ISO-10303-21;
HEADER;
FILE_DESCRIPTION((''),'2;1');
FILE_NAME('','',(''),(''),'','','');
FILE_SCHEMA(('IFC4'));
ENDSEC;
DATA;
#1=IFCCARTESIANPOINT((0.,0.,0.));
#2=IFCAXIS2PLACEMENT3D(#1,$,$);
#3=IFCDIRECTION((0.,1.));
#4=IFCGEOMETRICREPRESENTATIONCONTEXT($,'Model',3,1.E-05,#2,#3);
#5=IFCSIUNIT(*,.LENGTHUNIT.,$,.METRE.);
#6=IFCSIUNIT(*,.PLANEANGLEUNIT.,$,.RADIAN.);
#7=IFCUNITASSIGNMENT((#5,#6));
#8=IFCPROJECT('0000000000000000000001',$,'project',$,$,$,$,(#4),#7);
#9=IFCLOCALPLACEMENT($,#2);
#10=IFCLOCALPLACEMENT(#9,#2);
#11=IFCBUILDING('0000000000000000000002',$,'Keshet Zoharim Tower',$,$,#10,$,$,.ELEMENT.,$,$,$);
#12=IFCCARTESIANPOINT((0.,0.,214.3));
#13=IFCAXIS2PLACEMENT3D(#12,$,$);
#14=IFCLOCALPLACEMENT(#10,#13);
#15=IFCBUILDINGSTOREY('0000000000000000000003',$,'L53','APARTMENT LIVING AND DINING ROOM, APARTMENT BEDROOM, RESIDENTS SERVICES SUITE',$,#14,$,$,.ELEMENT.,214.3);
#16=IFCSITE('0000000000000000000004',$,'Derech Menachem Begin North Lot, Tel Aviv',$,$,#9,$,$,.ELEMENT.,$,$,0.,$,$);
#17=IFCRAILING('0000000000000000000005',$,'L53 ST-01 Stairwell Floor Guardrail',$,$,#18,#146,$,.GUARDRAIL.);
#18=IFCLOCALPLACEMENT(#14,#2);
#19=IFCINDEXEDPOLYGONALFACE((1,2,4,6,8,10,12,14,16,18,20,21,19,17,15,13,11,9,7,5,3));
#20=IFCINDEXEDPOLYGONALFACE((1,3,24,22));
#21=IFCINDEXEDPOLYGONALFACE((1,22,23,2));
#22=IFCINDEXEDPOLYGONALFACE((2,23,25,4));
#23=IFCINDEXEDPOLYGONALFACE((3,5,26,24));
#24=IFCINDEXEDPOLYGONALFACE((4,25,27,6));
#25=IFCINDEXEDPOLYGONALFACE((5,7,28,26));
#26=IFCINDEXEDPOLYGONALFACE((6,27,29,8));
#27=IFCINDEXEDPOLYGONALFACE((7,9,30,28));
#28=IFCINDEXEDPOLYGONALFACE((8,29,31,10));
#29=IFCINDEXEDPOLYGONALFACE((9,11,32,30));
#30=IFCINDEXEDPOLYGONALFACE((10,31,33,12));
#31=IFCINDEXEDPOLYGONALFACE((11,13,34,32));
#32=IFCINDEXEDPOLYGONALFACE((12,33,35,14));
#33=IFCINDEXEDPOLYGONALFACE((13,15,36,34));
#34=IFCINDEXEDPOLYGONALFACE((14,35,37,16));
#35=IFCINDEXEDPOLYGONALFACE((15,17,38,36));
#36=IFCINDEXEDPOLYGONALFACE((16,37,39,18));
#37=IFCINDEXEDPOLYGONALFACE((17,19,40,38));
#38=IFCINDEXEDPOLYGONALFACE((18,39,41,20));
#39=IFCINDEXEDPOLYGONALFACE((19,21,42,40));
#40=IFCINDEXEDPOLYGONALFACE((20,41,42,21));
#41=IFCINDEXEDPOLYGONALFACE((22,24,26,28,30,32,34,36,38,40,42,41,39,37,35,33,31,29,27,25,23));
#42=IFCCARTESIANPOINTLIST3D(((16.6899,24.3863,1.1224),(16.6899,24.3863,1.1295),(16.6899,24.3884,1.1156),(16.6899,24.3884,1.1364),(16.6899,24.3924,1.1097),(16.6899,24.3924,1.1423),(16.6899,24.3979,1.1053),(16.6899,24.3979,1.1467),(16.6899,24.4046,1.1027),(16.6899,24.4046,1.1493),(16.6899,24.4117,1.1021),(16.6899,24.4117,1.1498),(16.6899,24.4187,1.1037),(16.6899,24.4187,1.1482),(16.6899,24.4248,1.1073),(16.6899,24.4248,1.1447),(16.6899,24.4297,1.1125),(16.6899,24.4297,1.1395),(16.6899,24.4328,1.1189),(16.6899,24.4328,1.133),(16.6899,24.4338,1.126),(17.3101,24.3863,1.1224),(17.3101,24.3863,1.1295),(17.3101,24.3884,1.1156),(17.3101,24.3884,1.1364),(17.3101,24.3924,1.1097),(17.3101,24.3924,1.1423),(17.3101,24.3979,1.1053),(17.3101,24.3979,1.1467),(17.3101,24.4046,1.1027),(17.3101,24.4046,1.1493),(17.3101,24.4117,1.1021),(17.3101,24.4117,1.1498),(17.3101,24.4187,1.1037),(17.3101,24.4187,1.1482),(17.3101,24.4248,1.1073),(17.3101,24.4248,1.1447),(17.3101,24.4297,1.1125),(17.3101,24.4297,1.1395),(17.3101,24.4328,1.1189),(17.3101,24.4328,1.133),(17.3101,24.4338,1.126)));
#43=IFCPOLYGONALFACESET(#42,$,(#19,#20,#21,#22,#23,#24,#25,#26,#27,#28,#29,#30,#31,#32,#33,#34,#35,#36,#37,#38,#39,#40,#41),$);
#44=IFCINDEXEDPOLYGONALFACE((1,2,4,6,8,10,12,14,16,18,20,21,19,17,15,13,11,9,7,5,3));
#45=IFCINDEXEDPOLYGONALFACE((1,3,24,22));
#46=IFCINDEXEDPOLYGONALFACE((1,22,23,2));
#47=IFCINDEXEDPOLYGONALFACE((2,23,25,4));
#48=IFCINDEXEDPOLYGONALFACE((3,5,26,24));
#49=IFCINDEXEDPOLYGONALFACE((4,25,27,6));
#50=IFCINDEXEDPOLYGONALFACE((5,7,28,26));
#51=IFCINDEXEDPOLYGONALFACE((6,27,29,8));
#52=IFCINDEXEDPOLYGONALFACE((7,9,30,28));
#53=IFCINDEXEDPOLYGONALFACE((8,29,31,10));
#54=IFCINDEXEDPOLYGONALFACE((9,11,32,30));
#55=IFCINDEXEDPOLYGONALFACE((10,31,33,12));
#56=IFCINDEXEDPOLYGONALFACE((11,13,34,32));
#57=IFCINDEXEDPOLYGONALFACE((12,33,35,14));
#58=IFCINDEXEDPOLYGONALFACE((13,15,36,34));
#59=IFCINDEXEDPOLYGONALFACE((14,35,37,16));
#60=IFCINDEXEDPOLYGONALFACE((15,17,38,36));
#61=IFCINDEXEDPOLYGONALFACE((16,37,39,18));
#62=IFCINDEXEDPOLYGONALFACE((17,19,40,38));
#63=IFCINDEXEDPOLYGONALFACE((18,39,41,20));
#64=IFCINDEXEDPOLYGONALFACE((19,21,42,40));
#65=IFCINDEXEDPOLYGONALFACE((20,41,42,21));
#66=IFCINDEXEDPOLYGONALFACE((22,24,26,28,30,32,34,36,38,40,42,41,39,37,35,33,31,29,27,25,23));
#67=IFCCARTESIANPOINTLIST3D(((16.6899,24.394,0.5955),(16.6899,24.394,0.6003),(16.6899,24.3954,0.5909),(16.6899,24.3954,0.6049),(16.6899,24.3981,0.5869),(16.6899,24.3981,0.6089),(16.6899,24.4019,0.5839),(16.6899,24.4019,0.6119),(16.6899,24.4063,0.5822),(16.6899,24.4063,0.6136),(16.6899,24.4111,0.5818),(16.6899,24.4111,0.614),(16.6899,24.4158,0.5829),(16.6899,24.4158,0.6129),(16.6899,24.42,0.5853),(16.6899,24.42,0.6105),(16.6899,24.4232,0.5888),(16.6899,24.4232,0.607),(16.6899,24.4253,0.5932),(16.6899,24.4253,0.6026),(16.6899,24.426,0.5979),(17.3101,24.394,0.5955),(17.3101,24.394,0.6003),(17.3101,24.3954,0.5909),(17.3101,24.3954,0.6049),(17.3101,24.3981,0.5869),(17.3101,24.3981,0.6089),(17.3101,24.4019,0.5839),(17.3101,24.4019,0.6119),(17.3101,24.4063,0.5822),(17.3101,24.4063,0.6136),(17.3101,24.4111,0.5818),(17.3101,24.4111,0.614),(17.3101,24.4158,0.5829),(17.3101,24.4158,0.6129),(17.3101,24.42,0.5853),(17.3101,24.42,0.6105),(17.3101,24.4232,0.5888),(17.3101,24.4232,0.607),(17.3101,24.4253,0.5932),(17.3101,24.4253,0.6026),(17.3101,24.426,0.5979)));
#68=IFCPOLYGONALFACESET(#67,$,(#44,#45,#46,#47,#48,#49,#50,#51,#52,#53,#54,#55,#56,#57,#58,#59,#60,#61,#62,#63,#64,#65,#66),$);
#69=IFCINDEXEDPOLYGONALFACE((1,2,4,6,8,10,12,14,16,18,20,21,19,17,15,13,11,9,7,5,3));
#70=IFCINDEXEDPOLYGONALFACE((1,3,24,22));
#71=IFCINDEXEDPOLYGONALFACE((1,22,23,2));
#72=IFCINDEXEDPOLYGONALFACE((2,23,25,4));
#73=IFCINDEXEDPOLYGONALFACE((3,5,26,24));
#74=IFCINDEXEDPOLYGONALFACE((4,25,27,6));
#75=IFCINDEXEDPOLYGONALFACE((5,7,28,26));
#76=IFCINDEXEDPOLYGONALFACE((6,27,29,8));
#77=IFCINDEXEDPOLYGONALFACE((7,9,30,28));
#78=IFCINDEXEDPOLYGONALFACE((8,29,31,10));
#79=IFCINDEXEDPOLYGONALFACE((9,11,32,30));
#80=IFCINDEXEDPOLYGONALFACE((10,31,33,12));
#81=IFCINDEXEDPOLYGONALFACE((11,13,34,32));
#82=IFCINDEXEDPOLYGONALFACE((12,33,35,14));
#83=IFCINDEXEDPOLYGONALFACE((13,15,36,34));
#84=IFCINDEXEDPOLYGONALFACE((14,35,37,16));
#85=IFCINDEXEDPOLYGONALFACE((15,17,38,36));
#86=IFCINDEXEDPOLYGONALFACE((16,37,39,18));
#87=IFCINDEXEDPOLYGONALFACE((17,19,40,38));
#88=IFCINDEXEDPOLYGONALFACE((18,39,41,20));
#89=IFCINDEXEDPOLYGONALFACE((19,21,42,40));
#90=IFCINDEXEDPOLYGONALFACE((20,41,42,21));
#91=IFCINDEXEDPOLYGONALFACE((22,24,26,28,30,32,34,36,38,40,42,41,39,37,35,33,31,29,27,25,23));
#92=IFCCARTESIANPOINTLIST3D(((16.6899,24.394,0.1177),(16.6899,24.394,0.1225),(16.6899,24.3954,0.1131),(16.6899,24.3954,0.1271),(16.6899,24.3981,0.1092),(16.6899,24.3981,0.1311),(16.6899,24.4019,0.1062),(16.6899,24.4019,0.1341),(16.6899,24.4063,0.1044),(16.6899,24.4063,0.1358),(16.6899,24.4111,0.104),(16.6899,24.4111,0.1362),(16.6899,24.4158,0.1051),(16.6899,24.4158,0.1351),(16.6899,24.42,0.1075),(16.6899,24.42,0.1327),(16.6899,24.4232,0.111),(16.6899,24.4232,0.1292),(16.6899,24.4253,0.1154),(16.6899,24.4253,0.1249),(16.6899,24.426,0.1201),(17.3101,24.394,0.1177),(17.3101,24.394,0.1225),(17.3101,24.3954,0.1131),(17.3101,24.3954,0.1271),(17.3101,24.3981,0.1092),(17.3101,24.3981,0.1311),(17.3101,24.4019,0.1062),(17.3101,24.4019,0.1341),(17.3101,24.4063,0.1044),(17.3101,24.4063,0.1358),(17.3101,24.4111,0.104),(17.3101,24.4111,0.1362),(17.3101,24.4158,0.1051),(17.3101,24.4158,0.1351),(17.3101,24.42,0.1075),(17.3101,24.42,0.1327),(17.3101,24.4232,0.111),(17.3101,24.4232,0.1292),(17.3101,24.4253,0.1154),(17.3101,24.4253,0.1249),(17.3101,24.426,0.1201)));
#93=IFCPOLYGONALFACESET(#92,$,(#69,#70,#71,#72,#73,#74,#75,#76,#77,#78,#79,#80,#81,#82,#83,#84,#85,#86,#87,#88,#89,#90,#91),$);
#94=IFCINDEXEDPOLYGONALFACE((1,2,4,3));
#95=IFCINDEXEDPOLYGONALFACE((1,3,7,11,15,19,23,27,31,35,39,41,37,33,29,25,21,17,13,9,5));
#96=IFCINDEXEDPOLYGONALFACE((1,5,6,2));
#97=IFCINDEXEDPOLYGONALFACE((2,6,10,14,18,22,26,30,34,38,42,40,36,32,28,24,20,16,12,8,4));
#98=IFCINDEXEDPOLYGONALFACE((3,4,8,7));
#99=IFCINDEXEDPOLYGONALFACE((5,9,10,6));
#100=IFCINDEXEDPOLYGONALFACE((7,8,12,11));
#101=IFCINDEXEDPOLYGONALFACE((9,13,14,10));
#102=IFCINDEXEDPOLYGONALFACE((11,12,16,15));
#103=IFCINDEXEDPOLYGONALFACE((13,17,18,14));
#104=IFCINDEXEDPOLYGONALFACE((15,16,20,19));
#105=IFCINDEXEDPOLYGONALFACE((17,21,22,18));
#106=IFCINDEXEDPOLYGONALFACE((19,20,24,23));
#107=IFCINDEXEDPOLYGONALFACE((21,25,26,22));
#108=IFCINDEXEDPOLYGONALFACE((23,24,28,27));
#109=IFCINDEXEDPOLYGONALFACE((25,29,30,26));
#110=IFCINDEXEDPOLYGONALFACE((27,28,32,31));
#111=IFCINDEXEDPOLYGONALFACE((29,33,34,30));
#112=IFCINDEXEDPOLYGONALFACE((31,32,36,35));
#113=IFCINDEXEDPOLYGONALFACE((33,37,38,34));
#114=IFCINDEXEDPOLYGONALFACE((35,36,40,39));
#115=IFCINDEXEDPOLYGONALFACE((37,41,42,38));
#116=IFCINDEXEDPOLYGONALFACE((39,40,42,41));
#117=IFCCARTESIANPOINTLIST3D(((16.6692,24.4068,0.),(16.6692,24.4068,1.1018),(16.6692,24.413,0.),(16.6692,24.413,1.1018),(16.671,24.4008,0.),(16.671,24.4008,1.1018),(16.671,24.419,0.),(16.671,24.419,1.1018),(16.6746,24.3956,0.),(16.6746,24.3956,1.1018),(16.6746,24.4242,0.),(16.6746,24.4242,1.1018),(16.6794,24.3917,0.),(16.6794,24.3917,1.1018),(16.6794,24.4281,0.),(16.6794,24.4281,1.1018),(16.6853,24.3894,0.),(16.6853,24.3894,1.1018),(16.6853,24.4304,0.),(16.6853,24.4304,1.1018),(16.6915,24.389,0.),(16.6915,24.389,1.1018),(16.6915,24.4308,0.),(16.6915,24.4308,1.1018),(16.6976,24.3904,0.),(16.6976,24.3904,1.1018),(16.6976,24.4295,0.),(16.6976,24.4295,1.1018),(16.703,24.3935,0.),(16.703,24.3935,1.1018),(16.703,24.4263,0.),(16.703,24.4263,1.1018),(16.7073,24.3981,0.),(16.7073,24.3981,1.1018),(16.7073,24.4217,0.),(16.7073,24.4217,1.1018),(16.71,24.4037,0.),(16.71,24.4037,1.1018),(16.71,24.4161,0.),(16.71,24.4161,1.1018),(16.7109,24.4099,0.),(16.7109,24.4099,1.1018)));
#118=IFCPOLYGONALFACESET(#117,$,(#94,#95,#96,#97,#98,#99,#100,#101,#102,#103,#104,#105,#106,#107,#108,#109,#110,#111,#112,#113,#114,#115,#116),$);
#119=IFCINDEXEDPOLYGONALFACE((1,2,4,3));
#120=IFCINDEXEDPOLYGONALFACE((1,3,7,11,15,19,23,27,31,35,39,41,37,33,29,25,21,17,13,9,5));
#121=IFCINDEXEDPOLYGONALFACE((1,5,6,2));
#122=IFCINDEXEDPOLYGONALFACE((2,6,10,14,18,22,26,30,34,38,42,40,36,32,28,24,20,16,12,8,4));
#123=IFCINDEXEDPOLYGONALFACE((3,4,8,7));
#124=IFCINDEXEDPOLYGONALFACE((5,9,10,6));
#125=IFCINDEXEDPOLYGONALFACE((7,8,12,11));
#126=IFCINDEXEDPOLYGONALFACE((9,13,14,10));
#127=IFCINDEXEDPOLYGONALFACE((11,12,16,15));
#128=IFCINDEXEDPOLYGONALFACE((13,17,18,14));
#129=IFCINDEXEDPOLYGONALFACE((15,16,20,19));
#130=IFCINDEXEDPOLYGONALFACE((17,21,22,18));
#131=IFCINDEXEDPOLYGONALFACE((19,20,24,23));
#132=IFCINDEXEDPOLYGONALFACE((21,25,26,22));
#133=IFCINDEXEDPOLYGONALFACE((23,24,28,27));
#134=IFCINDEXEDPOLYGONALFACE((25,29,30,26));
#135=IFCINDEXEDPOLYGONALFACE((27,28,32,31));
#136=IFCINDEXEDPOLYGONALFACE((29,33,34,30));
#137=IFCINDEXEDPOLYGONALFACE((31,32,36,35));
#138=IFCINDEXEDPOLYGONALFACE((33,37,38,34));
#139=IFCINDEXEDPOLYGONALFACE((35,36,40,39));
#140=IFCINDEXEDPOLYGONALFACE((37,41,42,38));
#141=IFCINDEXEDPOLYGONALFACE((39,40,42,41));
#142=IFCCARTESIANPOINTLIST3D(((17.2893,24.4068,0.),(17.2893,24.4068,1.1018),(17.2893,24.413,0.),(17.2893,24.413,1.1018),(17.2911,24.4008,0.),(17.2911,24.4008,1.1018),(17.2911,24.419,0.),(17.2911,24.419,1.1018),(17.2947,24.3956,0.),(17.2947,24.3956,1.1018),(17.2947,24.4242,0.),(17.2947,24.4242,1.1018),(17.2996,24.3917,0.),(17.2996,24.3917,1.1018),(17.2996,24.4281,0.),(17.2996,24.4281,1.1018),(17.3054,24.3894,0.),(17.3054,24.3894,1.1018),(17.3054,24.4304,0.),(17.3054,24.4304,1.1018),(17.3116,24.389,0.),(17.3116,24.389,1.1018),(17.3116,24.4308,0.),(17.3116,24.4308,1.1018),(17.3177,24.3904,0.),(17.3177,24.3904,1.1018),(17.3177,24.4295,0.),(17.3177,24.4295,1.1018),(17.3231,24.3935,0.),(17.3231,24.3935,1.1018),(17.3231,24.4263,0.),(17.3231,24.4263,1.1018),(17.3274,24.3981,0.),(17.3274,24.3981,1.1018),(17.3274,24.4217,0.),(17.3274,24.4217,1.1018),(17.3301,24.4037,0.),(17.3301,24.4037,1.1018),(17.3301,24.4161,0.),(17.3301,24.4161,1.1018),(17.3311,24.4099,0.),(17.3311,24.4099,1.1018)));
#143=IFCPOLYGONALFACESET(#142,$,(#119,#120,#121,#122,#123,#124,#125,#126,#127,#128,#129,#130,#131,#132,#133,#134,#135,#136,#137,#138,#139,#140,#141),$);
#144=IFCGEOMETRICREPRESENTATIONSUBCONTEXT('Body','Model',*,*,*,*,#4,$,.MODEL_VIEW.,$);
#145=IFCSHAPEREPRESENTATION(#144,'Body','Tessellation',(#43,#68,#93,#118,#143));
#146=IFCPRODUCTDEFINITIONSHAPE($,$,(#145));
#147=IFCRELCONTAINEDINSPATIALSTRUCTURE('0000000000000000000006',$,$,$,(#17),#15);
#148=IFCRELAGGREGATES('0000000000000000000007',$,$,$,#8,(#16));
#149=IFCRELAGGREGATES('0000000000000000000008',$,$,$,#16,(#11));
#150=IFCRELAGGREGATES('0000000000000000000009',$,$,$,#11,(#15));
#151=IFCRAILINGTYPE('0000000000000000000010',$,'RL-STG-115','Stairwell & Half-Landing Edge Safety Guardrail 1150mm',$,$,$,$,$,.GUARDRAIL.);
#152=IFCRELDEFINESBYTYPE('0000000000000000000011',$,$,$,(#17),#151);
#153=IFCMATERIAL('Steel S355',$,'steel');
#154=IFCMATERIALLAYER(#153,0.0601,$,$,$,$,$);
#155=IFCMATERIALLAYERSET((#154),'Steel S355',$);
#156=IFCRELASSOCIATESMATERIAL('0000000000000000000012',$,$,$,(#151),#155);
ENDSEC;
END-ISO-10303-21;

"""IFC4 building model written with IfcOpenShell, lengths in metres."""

from ifc_helpers import new_model, si_unit, direction, frame, origin, origin_2d, place, context, subcontext, project, spatial, circle, extrude, material, layer, layer_set, type_object, element, save


model = new_model("IFC4")

# Units and contexts
model_context = context("Model", 3, precision=1e-05, world=origin(), true_north=direction((0.0, 1.0)))
body_context = subcontext(model_context, "Body", "Model", "MODEL_VIEW")
ifc_project = project(units=[si_unit("LENGTHUNIT", "METRE"), si_unit("PLANEANGLEUNIT", "RADIAN")], contexts=[model_context])

# Site, building, storey
site_placement = place(None, origin())
site = spatial("IfcSite", under=ifc_project, at=site_placement, Name="Derech Menachem Begin North Lot, Tel Aviv", CompositionType="ELEMENT", RefElevation=0.0)
building_placement = place(site_placement, origin())
building = spatial("IfcBuilding", under=site, at=building_placement, Name="Keshet Zoharim Tower", CompositionType="ELEMENT")
storey_placement = place(building_placement, frame((0.0, 0.0, 214.3)))
storey = spatial("IfcBuildingStorey", under=building, at=storey_placement, Name="L53", Description="APARTMENT LIVING AND DINING ROOM, APARTMENT BEDROOM, RESIDENTS SERVICES SUITE", CompositionType="ELEMENT", Elevation=214.3)

# Railing
ifc_material_1 = material(Name="Steel S355", Category="steel")
ifc_layer_1 = layer(ifc_material_1, 0.0601)
ifc_layer_set_1 = layer_set([ifc_layer_1], Name="Steel S355")
railing_type_1 = type_object("IfcRailingType", Name="RL-STG-115", Description="Stairwell & Half-Landing Edge Safety Guardrail 1150mm", PredefinedType="GUARDRAIL", material=ifc_layer_set_1)
railing_1_placement = place(storey_placement, frame((16.6899, 24.4099, 0.0)))
element("IfcRailing", 1, at=railing_1_placement, inside=storey, type_object=railing_type_1, Name="L53 ST-01 Stairwell Floor Guardrail", PredefinedType="GUARDRAIL", context=body_context, shape_type="SweptSolid", body=[
    extrude(circle(Radius=0.0239, at=origin_2d()), frame((0.0, 0.0, 1.126), z_axis=(1.0, 0.0, 0.0), x_axis=(0.0, 1.0, 0.0)), (0.0, 0.0, 1.0), 0.6201),
    extrude(circle(Radius=0.0161, at=origin_2d()), frame((0.0, 0.0, 0.5979), z_axis=(1.0, 0.0, 0.0), x_axis=(0.0, 1.0, 0.0)), (0.0, 0.0, 1.0), 0.6201),
    extrude(circle(Radius=0.0161, at=origin_2d()), frame((0.0, 0.0, 0.1201), z_axis=(1.0, 0.0, 0.0), x_axis=(0.0, 1.0, 0.0)), (0.0, 0.0, 1.0), 0.6201),
    extrude(circle(Radius=0.021, at=origin_2d()), origin(), (0.0, 0.0, 1.0), 1.1018),
    extrude(circle(Radius=0.021, at=origin_2d()), frame((0.6201, 0.0, 0.0)), (0.0, 0.0, 1.0), 1.1018),
])

save(model, "model.ifc")
